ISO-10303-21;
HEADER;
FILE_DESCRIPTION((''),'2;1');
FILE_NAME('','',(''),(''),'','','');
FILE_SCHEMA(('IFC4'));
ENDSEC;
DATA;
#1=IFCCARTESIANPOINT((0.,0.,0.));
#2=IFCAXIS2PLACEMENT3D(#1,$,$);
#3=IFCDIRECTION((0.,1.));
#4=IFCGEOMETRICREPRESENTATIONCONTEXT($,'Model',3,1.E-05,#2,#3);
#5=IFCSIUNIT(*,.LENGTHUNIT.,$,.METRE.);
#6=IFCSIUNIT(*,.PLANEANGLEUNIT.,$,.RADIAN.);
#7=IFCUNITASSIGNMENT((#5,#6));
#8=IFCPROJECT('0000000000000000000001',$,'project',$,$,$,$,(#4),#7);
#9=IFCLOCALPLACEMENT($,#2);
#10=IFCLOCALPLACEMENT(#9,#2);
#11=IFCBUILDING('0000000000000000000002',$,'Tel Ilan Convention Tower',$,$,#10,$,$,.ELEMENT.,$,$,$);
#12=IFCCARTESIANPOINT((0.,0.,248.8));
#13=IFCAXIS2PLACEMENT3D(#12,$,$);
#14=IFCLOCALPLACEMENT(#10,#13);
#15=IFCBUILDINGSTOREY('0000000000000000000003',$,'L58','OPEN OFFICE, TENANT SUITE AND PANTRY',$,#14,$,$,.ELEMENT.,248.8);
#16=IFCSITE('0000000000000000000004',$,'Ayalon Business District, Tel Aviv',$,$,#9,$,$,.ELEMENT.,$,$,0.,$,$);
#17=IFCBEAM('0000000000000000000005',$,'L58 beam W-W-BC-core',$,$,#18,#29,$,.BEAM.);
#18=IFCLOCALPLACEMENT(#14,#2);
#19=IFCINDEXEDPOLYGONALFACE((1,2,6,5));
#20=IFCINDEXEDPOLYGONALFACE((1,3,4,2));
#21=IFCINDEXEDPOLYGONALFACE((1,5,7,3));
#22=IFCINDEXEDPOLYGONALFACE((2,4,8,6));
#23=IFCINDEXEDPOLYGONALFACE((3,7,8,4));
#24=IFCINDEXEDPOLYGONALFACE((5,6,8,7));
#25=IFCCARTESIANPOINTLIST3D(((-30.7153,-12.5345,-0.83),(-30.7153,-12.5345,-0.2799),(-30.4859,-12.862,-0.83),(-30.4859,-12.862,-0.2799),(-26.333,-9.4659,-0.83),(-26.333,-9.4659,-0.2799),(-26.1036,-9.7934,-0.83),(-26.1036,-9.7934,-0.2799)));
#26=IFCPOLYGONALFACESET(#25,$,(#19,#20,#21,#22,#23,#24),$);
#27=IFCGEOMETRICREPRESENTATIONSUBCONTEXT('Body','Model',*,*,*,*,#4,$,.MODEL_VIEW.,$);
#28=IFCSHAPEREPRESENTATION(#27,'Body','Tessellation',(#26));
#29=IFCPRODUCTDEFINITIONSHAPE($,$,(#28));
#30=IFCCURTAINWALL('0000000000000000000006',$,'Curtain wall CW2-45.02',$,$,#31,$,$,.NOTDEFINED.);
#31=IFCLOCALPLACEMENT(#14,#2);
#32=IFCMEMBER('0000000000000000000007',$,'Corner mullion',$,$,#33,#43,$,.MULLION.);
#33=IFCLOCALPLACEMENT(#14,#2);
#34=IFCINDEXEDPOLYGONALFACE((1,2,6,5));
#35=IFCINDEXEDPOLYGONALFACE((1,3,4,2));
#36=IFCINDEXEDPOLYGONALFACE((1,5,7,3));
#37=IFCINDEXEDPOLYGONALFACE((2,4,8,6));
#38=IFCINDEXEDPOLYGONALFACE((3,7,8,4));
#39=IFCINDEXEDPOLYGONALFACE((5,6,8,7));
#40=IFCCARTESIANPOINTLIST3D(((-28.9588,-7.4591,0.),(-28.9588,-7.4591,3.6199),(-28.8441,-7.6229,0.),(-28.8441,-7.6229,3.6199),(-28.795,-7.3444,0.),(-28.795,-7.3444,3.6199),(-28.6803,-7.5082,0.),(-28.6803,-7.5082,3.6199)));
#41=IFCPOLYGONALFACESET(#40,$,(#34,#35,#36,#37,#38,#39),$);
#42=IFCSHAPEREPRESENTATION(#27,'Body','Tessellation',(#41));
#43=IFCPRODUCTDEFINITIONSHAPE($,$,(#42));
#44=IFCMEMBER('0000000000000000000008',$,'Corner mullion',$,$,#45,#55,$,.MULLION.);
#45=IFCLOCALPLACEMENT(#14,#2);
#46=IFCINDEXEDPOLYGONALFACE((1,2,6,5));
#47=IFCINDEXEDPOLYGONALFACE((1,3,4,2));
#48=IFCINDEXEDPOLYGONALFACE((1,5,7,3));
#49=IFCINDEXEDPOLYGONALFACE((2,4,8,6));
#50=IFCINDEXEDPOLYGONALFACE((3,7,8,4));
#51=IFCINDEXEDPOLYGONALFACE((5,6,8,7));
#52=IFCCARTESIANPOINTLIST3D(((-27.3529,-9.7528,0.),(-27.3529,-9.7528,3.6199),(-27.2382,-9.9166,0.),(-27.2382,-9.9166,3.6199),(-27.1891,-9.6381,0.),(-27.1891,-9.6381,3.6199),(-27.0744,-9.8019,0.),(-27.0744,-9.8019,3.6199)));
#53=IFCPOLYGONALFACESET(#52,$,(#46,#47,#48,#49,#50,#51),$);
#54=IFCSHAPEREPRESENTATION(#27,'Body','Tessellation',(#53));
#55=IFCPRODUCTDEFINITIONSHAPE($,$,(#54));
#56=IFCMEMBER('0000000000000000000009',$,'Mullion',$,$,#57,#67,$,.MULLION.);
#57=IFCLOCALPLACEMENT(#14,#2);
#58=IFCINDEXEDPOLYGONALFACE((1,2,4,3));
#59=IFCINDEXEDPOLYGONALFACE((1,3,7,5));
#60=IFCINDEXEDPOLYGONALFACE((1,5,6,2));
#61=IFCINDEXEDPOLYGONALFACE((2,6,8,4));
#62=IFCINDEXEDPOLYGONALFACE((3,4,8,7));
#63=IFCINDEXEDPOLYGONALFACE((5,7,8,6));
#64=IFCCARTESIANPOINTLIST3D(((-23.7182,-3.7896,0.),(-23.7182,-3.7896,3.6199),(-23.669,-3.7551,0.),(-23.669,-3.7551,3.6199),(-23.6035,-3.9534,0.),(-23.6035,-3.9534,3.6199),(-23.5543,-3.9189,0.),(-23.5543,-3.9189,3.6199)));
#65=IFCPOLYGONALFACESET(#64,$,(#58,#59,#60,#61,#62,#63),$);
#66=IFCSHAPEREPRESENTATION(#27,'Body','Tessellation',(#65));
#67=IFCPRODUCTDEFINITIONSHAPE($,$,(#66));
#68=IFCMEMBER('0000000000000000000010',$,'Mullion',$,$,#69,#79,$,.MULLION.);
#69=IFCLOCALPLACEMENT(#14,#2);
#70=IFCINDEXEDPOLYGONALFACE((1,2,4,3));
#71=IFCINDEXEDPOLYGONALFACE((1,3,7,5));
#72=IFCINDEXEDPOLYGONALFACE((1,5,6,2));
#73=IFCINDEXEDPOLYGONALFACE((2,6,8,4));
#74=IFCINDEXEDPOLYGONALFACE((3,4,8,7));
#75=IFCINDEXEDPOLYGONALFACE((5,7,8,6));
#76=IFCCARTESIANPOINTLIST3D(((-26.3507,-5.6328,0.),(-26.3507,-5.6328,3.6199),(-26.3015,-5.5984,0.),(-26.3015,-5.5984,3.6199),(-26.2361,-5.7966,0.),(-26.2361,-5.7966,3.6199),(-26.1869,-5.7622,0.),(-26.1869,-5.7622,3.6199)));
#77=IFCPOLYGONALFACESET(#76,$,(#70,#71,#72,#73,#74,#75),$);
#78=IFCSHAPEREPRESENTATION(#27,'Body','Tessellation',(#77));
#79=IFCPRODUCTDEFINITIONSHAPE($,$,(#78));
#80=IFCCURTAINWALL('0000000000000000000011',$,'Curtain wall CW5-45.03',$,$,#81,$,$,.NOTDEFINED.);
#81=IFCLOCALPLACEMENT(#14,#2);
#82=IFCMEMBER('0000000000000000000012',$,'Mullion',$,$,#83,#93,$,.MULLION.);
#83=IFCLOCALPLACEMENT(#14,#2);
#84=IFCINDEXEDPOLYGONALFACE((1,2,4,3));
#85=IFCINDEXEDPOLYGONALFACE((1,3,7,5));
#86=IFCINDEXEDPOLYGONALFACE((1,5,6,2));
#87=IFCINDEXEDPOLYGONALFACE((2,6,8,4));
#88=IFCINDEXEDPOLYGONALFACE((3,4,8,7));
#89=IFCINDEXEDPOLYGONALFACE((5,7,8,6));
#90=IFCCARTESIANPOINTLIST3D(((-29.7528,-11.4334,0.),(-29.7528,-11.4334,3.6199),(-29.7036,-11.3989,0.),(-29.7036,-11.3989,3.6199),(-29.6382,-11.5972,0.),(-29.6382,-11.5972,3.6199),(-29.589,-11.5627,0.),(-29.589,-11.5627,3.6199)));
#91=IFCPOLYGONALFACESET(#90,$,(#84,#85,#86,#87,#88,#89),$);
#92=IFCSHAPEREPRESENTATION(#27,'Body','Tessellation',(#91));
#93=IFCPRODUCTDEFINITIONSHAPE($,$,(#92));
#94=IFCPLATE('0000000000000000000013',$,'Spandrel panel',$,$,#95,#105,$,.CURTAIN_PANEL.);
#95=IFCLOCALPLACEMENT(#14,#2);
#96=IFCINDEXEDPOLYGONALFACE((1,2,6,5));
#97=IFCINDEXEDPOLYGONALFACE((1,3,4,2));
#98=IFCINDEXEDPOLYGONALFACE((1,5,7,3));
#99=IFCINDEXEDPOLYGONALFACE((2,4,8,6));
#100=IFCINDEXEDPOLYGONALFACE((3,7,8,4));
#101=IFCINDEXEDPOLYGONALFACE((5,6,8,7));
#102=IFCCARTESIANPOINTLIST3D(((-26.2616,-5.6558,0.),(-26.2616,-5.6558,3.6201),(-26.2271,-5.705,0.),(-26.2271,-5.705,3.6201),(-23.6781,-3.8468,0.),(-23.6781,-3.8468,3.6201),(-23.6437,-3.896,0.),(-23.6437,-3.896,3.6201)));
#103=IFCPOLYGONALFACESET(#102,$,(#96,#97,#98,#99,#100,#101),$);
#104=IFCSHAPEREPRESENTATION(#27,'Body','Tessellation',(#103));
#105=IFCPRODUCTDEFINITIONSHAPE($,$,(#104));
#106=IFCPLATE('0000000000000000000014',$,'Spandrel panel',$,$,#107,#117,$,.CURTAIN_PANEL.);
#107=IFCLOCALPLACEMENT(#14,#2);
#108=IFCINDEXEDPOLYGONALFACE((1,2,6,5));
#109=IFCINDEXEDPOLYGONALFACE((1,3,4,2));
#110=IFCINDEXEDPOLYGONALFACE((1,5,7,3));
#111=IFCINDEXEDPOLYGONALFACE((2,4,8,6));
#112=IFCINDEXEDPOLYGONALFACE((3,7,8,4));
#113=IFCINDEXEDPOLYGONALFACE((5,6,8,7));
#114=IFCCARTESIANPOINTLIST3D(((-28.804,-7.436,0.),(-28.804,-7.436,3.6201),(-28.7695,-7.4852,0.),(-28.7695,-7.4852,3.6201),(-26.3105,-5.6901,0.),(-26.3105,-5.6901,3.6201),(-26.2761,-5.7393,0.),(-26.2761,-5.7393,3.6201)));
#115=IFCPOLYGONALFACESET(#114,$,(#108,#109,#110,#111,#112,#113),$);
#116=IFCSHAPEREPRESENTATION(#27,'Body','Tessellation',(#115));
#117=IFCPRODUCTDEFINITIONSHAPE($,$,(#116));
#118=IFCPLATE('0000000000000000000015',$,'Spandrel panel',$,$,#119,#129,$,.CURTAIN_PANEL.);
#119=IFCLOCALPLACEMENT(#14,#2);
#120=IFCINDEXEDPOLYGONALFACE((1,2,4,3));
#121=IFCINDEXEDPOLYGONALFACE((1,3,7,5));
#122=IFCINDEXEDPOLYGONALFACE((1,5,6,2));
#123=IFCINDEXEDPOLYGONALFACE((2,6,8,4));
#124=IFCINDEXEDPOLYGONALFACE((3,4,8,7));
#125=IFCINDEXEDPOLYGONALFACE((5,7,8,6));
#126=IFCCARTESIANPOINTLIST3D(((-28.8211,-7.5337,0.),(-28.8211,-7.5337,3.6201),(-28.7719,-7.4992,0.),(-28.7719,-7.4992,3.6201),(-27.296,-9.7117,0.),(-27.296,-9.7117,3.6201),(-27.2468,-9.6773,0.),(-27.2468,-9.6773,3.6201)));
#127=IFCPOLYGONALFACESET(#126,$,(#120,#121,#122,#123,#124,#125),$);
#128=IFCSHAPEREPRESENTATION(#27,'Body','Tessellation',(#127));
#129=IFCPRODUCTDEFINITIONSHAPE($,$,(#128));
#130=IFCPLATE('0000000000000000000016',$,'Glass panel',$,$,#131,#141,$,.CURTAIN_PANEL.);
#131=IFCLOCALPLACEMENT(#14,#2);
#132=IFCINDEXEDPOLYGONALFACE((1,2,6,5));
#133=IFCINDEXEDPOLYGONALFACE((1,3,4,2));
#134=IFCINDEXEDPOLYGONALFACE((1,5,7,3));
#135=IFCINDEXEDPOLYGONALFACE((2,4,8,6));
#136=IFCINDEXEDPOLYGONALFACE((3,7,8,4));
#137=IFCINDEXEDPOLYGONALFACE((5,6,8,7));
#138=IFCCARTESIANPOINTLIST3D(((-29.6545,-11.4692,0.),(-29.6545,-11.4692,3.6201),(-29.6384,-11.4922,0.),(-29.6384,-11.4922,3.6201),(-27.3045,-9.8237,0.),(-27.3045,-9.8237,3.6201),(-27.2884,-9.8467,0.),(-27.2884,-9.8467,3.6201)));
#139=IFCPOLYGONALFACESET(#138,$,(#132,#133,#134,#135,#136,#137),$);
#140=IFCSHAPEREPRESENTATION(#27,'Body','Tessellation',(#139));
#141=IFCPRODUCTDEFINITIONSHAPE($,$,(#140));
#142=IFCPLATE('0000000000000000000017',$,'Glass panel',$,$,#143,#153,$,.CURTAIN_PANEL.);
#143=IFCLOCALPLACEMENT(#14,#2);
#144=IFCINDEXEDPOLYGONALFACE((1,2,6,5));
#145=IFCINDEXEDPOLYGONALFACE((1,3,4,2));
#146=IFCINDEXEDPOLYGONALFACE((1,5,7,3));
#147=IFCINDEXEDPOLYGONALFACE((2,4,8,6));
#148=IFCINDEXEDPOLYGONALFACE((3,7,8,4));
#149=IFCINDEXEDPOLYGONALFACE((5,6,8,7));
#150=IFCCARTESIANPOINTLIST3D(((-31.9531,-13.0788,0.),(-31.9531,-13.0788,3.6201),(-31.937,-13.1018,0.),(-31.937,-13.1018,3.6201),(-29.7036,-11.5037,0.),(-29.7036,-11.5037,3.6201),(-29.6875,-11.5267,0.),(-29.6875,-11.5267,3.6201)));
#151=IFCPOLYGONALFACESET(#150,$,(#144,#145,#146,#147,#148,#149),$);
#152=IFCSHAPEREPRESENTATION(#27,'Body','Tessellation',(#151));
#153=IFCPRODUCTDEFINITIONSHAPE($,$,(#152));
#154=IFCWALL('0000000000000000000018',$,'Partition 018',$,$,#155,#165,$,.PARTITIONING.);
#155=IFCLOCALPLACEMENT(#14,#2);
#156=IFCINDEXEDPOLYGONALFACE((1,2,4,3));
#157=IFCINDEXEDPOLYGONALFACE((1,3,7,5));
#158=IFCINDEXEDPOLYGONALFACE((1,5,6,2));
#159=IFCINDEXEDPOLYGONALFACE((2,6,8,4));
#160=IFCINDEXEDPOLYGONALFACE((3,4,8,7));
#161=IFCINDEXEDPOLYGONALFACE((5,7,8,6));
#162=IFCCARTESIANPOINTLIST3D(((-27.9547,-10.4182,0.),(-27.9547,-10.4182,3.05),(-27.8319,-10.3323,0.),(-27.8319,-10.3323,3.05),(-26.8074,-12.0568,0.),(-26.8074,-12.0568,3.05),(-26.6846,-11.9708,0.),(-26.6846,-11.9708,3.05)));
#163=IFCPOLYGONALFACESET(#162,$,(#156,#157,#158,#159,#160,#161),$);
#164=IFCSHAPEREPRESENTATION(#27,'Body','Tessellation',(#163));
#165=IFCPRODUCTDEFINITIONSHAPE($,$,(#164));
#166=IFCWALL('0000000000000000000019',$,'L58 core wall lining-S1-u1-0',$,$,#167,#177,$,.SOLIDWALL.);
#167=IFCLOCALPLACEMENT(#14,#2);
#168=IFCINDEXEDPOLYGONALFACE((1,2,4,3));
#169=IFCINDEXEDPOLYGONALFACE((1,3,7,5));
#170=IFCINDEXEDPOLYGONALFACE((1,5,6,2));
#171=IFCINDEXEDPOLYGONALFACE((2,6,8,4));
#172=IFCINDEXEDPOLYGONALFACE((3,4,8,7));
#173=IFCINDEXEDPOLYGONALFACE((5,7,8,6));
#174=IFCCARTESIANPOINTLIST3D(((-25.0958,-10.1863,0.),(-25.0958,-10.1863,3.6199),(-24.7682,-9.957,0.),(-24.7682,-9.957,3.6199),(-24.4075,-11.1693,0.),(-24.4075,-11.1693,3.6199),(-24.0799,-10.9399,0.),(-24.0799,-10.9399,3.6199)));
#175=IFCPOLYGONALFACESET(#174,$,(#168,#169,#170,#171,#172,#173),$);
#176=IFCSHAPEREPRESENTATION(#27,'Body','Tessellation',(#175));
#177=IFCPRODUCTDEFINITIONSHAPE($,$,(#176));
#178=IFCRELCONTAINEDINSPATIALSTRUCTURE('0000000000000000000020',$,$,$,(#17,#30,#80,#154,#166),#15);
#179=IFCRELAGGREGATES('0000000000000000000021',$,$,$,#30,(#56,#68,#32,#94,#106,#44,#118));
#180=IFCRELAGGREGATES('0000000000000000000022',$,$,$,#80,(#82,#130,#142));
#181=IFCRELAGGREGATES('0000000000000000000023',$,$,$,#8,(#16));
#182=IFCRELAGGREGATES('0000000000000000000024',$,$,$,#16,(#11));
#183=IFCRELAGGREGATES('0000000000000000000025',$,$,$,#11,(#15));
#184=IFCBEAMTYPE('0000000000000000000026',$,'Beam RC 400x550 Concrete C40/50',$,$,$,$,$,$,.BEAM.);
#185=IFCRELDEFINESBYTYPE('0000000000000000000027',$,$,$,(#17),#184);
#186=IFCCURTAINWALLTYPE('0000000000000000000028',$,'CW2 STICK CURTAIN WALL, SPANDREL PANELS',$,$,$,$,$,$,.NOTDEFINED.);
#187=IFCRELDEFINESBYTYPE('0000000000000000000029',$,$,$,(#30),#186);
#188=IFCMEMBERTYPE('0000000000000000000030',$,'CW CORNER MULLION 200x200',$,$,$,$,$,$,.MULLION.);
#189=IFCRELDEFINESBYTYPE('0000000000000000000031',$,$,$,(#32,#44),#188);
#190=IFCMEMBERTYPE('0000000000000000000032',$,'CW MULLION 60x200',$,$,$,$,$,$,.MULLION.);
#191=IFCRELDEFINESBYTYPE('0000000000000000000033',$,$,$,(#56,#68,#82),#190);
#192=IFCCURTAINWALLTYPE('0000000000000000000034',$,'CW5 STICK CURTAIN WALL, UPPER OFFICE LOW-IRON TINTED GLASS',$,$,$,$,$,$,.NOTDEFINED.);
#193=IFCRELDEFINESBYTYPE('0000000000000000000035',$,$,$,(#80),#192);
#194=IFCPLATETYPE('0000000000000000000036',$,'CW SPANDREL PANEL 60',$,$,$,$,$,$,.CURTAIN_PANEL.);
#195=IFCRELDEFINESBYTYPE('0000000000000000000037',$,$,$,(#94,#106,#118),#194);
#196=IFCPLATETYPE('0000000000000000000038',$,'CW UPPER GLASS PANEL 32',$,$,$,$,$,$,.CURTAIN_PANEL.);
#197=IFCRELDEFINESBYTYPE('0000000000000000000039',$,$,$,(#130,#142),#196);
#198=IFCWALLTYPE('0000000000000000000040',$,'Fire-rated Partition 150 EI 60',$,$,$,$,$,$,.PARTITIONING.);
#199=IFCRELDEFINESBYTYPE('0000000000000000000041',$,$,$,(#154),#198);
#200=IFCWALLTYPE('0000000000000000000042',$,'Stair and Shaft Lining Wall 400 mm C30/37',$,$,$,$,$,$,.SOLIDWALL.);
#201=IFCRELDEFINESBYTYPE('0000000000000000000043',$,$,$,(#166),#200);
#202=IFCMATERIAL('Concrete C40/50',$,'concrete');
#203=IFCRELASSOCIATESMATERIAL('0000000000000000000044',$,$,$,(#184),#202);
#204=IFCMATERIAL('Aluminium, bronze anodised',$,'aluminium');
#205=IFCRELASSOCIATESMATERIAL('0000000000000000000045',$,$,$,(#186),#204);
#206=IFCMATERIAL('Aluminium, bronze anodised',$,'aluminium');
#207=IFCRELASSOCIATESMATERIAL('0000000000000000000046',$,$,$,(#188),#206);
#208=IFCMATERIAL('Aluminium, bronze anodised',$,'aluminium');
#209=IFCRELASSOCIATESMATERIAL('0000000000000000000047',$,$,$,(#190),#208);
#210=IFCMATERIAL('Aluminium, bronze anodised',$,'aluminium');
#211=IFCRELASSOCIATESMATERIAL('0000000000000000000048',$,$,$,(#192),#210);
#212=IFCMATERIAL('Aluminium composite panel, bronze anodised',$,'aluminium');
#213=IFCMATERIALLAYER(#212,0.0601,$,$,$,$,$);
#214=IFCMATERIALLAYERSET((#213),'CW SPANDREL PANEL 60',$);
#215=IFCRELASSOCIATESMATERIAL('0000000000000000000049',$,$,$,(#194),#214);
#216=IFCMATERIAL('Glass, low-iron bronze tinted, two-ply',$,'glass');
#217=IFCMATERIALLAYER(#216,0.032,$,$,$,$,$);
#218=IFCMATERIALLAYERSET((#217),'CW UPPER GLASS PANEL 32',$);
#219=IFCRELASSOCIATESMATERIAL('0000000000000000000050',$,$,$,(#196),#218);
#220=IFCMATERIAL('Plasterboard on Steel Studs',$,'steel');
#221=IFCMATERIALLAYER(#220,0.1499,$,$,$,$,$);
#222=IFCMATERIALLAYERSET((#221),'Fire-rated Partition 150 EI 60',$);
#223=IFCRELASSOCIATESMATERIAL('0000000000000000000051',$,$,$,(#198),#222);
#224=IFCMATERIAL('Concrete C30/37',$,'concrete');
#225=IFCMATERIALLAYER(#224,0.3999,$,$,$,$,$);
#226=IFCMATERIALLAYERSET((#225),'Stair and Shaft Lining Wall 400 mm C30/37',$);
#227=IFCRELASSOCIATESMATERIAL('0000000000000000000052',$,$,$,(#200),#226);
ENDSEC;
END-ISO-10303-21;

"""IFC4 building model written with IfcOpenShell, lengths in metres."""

from ifc_helpers import new_model, si_unit, direction, frame, frame_2d, origin, origin_2d, place, context, subcontext, project, spatial, rectangle, extrude, material, layer, layer_set, material_profile, profile_set, type_object, element, aggregate, save


model = new_model("IFC4")

# Units and contexts
model_context = context("Model", 3, precision=1e-05, world=origin(), true_north=direction((0.0, 1.0)))
body_context = subcontext(model_context, "Body", "Model", "MODEL_VIEW")
ifc_project = project(units=[si_unit("LENGTHUNIT", "METRE"), si_unit("PLANEANGLEUNIT", "RADIAN")], contexts=[model_context])

# Site, building, storey
site_placement = place(None, origin())
site = spatial("IfcSite", under=ifc_project, at=site_placement, Name="Ayalon Business District, Tel Aviv", CompositionType="ELEMENT", RefElevation=0.0)
building_placement = place(site_placement, origin())
building = spatial("IfcBuilding", under=site, at=building_placement, Name="Tel Ilan Convention Tower", CompositionType="ELEMENT")
storey_placement = place(building_placement, frame((0.0, 0.0, 248.8)))
storey = spatial("IfcBuildingStorey", under=building, at=storey_placement, Name="L58", Description="OPEN OFFICE, TENANT SUITE AND PANTRY", CompositionType="ELEMENT", Elevation=248.8)

# Beam
ifc_material_1 = material(Name="Concrete C40/50", Category="concrete")
ifc_material_profile_1 = material_profile(ifc_material_1, rectangle(XDim=0.3999, YDim=0.55, at=origin_2d()), Name="RC 400x550")
ifc_profile_set_1 = profile_set([ifc_material_profile_1], Name="Concrete C40/50")
beam_type = type_object("IfcBeamType", Name="Beam RC 400x550 Concrete C40/50", PredefinedType="BEAM", material=ifc_profile_set_1)
beam_placement = place(storey_placement, frame((-30.6006, -12.6982, -0.5549), z_axis=(0.819146, 0.573585, 0.0), x_axis=(-0.573585, 0.819146, 0.0)))
element("IfcBeam", 1, at=beam_placement, inside=storey, type_object=beam_type, Name="L58 beam W-W-BC-core", PredefinedType="BEAM", context=body_context, shape_type="SweptSolid", body=[
    extrude(rectangle(XDim=0.3999, YDim=0.55, at=origin_2d()), origin(), (0.0, 0.0, 1.0), 5.3499),
])

# Curtain wall, members
ifc_material_2 = material(Name="Aluminium, bronze anodised", Category="aluminium")
curtain_wall_type_1 = type_object("IfcCurtainWallType", Name="CW2 STICK CURTAIN WALL, SPANDREL PANELS", PredefinedType="NOTDEFINED", material=ifc_material_2)
curtain_wall_1_placement = place(storey_placement, origin())
curtain_wall_1 = element("IfcCurtainWall", 2, at=curtain_wall_1_placement, inside=storey, type_object=curtain_wall_type_1, Name="Curtain wall CW2-45.02", PredefinedType="NOTDEFINED")
ifc_material_3 = material(Name="Aluminium, bronze anodised", Category="aluminium")
ifc_material_profile_2 = material_profile(ifc_material_3, rectangle(XDim=0.2, YDim=0.2, at=origin_2d()), Name="CW CORNER MULLION 200x200")
ifc_profile_set_2 = profile_set([ifc_material_profile_2], Name="Aluminium, bronze anodised")
member_type_1 = type_object("IfcMemberType", Name="CW CORNER MULLION 200x200", PredefinedType="MULLION", material=ifc_profile_set_2)
member_1_placement = place(storey_placement, frame((-28.8196, -7.4836, 0.0), z_axis=(0.0, 0.0, 1.0), x_axis=(-0.819152, -0.573576, 0.0)))
member_1 = element("IfcMember", 3, at=member_1_placement, type_object=member_type_1, Name="Corner mullion", PredefinedType="MULLION", context=body_context, shape_type="SweptSolid", body=[
    extrude(rectangle(XDim=0.2, YDim=0.2, at=origin_2d()), origin(), (0.0, 0.0, 1.0), 3.6199),
])
member_2_placement = place(storey_placement, frame((-27.2136, -9.7773, 0.0), z_axis=(0.0, 0.0, 1.0), x_axis=(0.573576, -0.819152, 0.0)))
member_2 = element("IfcMember", 4, at=member_2_placement, type_object=member_type_1, Name="Corner mullion", PredefinedType="MULLION", context=body_context, shape_type="SweptSolid", body=[
    extrude(rectangle(XDim=0.2, YDim=0.2, at=origin_2d()), origin(), (0.0, 0.0, 1.0), 3.6199),
])
ifc_material_4 = material(Name="Aluminium, bronze anodised", Category="aluminium")
ifc_material_profile_3 = material_profile(ifc_material_4, rectangle(XDim=0.0601, YDim=0.2, at=origin_2d()), Name="CW MULLION 60x200")
ifc_profile_set_3 = profile_set([ifc_material_profile_3], Name="Aluminium, bronze anodised")
member_type_2 = type_object("IfcMemberType", Name="CW MULLION 60x200", PredefinedType="MULLION", material=ifc_profile_set_3)
member_3_placement = place(storey_placement, frame((-23.6362, -3.8542, 0.0), z_axis=(0.0, 0.0, 1.0), x_axis=(-0.819152, -0.573576, 0.0)))
member_3 = element("IfcMember", 5, at=member_3_placement, type_object=member_type_2, Name="Mullion", PredefinedType="MULLION", context=body_context, shape_type="SweptSolid", body=[
    extrude(rectangle(XDim=0.0601, YDim=0.2, at=origin_2d()), origin(), (0.0, 0.0, 1.0), 3.6199),
])
member_4_placement = place(storey_placement, frame((-26.2688, -5.6975, 0.0), z_axis=(0.0, 0.0, 1.0), x_axis=(-0.819152, -0.573576, 0.0)))
member_4 = element("IfcMember", 6, at=member_4_placement, type_object=member_type_2, Name="Mullion", PredefinedType="MULLION", context=body_context, shape_type="SweptSolid", body=[
    extrude(rectangle(XDim=0.0601, YDim=0.2, at=origin_2d()), origin(), (0.0, 0.0, 1.0), 3.6199),
])

# Curtain wall, member
ifc_material_5 = material(Name="Aluminium, bronze anodised", Category="aluminium")
curtain_wall_type_2 = type_object("IfcCurtainWallType", Name="CW5 STICK CURTAIN WALL, UPPER OFFICE LOW-IRON TINTED GLASS", PredefinedType="NOTDEFINED", material=ifc_material_5)
curtain_wall_2_placement = place(storey_placement, origin())
curtain_wall_2 = element("IfcCurtainWall", 7, at=curtain_wall_2_placement, inside=storey, type_object=curtain_wall_type_2, Name="Curtain wall CW5-45.03", PredefinedType="NOTDEFINED")
member_5_placement = place(storey_placement, frame((-29.6709, -11.498, 0.0), z_axis=(0.0, 0.0, 1.0), x_axis=(-0.819152, -0.573576, 0.0)))
member_5 = element("IfcMember", 8, at=member_5_placement, type_object=member_type_2, Name="Mullion", PredefinedType="MULLION", context=body_context, shape_type="SweptSolid", body=[
    extrude(rectangle(XDim=0.0601, YDim=0.2, at=origin_2d()), origin(), (0.0, 0.0, 1.0), 3.6199),
])

# Plates
ifc_material_6 = material(Name="Aluminium composite panel, bronze anodised", Category="aluminium")
ifc_layer_1 = layer(ifc_material_6, 0.0601)
ifc_layer_set_1 = layer_set([ifc_layer_1], Name="CW SPANDREL PANEL 60")
plate_type_1 = type_object("IfcPlateType", Name="CW SPANDREL PANEL 60", PredefinedType="CURTAIN_PANEL", material=ifc_layer_set_1)
plate_1_placement = place(storey_placement, frame((-24.9526, -4.7759, 0.0), z_axis=(0.0, 0.0, 1.0), x_axis=(-0.819152, -0.573576, 0.0)))
plate_1 = element("IfcPlate", 9, at=plate_1_placement, type_object=plate_type_1, Name="Spandrel panel", PredefinedType="CURTAIN_PANEL", context=body_context, shape_type="SweptSolid", body=[
    extrude(rectangle(XDim=3.1538, YDim=0.0601, at=origin_2d()), origin(), (0.0, 0.0, 1.0), 3.6201),
])
plate_2_placement = place(storey_placement, frame((-27.54, -6.5876, 0.0), z_axis=(0.0, 0.0, 1.0), x_axis=(-0.819152, -0.573576, 0.0)))
plate_2 = element("IfcPlate", 10, at=plate_2_placement, type_object=plate_type_1, Name="Spandrel panel", PredefinedType="CURTAIN_PANEL", context=body_context, shape_type="SweptSolid", body=[
    extrude(rectangle(XDim=3.0439, YDim=0.0601, at=origin_2d()), origin(), (0.0, 0.0, 1.0), 3.6201),
])
plate_3_placement = place(storey_placement, frame((-28.0339, -8.6055, 0.0), z_axis=(0.0, 0.0, 1.0), x_axis=(0.573576, -0.819152, 0.0)))
plate_3 = element("IfcPlate", 11, at=plate_3_placement, type_object=plate_type_1, Name="Spandrel panel", PredefinedType="CURTAIN_PANEL", context=body_context, shape_type="SweptSolid", body=[
    extrude(rectangle(XDim=2.6589, YDim=0.0601, at=origin_2d()), origin(), (0.0, 0.0, 1.0), 3.6201),
])
aggregate(curtain_wall_1, [member_3, member_4, member_1, plate_1, plate_2, member_2, plate_3])
ifc_material_7 = material(Name="Glass, low-iron bronze tinted, two-ply", Category="glass")
ifc_layer_2 = layer(ifc_material_7, 0.032)
ifc_layer_set_2 = layer_set([ifc_layer_2], Name="CW UPPER GLASS PANEL 32")
plate_type_2 = type_object("IfcPlateType", Name="CW UPPER GLASS PANEL 32", PredefinedType="CURTAIN_PANEL", material=ifc_layer_set_2)
plate_4_placement = place(storey_placement, frame((-28.4714, -10.658, 0.0), z_axis=(0.0, 0.0, 1.0), x_axis=(-0.819152, -0.573576, 0.0)))
plate_4 = element("IfcPlate", 12, at=plate_4_placement, type_object=plate_type_2, Name="Glass panel", PredefinedType="CURTAIN_PANEL", context=body_context, shape_type="SweptSolid", body=[
    extrude(rectangle(XDim=2.8689, YDim=0.0281, at=origin_2d()), origin(), (0.0, 0.0, 1.0), 3.6201),
])
plate_5_placement = place(storey_placement, frame((-30.8203, -12.3027, 0.0), z_axis=(0.0, 0.0, 1.0), x_axis=(-0.819152, -0.573576, 0.0)))
plate_5 = element("IfcPlate", 13, at=plate_5_placement, type_object=plate_type_2, Name="Glass panel", PredefinedType="CURTAIN_PANEL", context=body_context, shape_type="SweptSolid", body=[
    extrude(rectangle(XDim=2.7461, YDim=0.0281, at=origin_2d()), origin(), (0.0, 0.0, 1.0), 3.6201),
])
aggregate(curtain_wall_2, [member_5, plate_4, plate_5])

# Walls
ifc_material_8 = material(Name="Plasterboard on Steel Studs", Category="steel")
ifc_layer_3 = layer(ifc_material_8, 0.1499)
ifc_layer_set_3 = layer_set([ifc_layer_3], Name="Fire-rated Partition 150 EI 60")
wall_type_1 = type_object("IfcWallType", Name="Fire-rated Partition 150 EI 60", PredefinedType="PARTITIONING", material=ifc_layer_set_3)
wall_1_placement = place(storey_placement, frame((-26.7461, -12.0137, 0.0), z_axis=(0.0, 0.0, 1.0), x_axis=(-0.573569, 0.819157, 0.0)))
element("IfcWall", 14, at=wall_1_placement, inside=storey, type_object=wall_type_1, Name="Partition 018", PredefinedType="PARTITIONING", context=body_context, shape_type="SweptSolid", body=[
    extrude(rectangle(XDim=2.0002, YDim=0.1499, at=frame_2d((1.0, 0.0))), origin(), (0.0, 0.0, 1.0), 3.05),
])
ifc_material_9 = material(Name="Concrete C30/37", Category="concrete")
ifc_layer_4 = layer(ifc_material_9, 0.3999)
ifc_layer_set_4 = layer_set([ifc_layer_4], Name="Stair and Shaft Lining Wall 400 mm C30/37")
wall_type_2 = type_object("IfcWallType", Name="Stair and Shaft Lining Wall 400 mm C30/37", PredefinedType="SOLIDWALL", material=ifc_layer_set_4)
wall_2_placement = place(storey_placement, frame((-24.2437, -11.0547, 0.0), z_axis=(0.0, 0.0, 1.0), x_axis=(-0.573572, 0.819155, 0.0)))
element("IfcWall", 15, at=wall_2_placement, inside=storey, type_object=wall_type_2, Name="L58 core wall lining-S1-u1-0", PredefinedType="SOLIDWALL", context=body_context, shape_type="SweptSolid", body=[
    extrude(rectangle(XDim=1.2, YDim=0.3999, at=frame_2d((0.6001, 0.0))), origin(), (0.0, 0.0, 1.0), 3.6199),
])

save(model, "model.ifc")
